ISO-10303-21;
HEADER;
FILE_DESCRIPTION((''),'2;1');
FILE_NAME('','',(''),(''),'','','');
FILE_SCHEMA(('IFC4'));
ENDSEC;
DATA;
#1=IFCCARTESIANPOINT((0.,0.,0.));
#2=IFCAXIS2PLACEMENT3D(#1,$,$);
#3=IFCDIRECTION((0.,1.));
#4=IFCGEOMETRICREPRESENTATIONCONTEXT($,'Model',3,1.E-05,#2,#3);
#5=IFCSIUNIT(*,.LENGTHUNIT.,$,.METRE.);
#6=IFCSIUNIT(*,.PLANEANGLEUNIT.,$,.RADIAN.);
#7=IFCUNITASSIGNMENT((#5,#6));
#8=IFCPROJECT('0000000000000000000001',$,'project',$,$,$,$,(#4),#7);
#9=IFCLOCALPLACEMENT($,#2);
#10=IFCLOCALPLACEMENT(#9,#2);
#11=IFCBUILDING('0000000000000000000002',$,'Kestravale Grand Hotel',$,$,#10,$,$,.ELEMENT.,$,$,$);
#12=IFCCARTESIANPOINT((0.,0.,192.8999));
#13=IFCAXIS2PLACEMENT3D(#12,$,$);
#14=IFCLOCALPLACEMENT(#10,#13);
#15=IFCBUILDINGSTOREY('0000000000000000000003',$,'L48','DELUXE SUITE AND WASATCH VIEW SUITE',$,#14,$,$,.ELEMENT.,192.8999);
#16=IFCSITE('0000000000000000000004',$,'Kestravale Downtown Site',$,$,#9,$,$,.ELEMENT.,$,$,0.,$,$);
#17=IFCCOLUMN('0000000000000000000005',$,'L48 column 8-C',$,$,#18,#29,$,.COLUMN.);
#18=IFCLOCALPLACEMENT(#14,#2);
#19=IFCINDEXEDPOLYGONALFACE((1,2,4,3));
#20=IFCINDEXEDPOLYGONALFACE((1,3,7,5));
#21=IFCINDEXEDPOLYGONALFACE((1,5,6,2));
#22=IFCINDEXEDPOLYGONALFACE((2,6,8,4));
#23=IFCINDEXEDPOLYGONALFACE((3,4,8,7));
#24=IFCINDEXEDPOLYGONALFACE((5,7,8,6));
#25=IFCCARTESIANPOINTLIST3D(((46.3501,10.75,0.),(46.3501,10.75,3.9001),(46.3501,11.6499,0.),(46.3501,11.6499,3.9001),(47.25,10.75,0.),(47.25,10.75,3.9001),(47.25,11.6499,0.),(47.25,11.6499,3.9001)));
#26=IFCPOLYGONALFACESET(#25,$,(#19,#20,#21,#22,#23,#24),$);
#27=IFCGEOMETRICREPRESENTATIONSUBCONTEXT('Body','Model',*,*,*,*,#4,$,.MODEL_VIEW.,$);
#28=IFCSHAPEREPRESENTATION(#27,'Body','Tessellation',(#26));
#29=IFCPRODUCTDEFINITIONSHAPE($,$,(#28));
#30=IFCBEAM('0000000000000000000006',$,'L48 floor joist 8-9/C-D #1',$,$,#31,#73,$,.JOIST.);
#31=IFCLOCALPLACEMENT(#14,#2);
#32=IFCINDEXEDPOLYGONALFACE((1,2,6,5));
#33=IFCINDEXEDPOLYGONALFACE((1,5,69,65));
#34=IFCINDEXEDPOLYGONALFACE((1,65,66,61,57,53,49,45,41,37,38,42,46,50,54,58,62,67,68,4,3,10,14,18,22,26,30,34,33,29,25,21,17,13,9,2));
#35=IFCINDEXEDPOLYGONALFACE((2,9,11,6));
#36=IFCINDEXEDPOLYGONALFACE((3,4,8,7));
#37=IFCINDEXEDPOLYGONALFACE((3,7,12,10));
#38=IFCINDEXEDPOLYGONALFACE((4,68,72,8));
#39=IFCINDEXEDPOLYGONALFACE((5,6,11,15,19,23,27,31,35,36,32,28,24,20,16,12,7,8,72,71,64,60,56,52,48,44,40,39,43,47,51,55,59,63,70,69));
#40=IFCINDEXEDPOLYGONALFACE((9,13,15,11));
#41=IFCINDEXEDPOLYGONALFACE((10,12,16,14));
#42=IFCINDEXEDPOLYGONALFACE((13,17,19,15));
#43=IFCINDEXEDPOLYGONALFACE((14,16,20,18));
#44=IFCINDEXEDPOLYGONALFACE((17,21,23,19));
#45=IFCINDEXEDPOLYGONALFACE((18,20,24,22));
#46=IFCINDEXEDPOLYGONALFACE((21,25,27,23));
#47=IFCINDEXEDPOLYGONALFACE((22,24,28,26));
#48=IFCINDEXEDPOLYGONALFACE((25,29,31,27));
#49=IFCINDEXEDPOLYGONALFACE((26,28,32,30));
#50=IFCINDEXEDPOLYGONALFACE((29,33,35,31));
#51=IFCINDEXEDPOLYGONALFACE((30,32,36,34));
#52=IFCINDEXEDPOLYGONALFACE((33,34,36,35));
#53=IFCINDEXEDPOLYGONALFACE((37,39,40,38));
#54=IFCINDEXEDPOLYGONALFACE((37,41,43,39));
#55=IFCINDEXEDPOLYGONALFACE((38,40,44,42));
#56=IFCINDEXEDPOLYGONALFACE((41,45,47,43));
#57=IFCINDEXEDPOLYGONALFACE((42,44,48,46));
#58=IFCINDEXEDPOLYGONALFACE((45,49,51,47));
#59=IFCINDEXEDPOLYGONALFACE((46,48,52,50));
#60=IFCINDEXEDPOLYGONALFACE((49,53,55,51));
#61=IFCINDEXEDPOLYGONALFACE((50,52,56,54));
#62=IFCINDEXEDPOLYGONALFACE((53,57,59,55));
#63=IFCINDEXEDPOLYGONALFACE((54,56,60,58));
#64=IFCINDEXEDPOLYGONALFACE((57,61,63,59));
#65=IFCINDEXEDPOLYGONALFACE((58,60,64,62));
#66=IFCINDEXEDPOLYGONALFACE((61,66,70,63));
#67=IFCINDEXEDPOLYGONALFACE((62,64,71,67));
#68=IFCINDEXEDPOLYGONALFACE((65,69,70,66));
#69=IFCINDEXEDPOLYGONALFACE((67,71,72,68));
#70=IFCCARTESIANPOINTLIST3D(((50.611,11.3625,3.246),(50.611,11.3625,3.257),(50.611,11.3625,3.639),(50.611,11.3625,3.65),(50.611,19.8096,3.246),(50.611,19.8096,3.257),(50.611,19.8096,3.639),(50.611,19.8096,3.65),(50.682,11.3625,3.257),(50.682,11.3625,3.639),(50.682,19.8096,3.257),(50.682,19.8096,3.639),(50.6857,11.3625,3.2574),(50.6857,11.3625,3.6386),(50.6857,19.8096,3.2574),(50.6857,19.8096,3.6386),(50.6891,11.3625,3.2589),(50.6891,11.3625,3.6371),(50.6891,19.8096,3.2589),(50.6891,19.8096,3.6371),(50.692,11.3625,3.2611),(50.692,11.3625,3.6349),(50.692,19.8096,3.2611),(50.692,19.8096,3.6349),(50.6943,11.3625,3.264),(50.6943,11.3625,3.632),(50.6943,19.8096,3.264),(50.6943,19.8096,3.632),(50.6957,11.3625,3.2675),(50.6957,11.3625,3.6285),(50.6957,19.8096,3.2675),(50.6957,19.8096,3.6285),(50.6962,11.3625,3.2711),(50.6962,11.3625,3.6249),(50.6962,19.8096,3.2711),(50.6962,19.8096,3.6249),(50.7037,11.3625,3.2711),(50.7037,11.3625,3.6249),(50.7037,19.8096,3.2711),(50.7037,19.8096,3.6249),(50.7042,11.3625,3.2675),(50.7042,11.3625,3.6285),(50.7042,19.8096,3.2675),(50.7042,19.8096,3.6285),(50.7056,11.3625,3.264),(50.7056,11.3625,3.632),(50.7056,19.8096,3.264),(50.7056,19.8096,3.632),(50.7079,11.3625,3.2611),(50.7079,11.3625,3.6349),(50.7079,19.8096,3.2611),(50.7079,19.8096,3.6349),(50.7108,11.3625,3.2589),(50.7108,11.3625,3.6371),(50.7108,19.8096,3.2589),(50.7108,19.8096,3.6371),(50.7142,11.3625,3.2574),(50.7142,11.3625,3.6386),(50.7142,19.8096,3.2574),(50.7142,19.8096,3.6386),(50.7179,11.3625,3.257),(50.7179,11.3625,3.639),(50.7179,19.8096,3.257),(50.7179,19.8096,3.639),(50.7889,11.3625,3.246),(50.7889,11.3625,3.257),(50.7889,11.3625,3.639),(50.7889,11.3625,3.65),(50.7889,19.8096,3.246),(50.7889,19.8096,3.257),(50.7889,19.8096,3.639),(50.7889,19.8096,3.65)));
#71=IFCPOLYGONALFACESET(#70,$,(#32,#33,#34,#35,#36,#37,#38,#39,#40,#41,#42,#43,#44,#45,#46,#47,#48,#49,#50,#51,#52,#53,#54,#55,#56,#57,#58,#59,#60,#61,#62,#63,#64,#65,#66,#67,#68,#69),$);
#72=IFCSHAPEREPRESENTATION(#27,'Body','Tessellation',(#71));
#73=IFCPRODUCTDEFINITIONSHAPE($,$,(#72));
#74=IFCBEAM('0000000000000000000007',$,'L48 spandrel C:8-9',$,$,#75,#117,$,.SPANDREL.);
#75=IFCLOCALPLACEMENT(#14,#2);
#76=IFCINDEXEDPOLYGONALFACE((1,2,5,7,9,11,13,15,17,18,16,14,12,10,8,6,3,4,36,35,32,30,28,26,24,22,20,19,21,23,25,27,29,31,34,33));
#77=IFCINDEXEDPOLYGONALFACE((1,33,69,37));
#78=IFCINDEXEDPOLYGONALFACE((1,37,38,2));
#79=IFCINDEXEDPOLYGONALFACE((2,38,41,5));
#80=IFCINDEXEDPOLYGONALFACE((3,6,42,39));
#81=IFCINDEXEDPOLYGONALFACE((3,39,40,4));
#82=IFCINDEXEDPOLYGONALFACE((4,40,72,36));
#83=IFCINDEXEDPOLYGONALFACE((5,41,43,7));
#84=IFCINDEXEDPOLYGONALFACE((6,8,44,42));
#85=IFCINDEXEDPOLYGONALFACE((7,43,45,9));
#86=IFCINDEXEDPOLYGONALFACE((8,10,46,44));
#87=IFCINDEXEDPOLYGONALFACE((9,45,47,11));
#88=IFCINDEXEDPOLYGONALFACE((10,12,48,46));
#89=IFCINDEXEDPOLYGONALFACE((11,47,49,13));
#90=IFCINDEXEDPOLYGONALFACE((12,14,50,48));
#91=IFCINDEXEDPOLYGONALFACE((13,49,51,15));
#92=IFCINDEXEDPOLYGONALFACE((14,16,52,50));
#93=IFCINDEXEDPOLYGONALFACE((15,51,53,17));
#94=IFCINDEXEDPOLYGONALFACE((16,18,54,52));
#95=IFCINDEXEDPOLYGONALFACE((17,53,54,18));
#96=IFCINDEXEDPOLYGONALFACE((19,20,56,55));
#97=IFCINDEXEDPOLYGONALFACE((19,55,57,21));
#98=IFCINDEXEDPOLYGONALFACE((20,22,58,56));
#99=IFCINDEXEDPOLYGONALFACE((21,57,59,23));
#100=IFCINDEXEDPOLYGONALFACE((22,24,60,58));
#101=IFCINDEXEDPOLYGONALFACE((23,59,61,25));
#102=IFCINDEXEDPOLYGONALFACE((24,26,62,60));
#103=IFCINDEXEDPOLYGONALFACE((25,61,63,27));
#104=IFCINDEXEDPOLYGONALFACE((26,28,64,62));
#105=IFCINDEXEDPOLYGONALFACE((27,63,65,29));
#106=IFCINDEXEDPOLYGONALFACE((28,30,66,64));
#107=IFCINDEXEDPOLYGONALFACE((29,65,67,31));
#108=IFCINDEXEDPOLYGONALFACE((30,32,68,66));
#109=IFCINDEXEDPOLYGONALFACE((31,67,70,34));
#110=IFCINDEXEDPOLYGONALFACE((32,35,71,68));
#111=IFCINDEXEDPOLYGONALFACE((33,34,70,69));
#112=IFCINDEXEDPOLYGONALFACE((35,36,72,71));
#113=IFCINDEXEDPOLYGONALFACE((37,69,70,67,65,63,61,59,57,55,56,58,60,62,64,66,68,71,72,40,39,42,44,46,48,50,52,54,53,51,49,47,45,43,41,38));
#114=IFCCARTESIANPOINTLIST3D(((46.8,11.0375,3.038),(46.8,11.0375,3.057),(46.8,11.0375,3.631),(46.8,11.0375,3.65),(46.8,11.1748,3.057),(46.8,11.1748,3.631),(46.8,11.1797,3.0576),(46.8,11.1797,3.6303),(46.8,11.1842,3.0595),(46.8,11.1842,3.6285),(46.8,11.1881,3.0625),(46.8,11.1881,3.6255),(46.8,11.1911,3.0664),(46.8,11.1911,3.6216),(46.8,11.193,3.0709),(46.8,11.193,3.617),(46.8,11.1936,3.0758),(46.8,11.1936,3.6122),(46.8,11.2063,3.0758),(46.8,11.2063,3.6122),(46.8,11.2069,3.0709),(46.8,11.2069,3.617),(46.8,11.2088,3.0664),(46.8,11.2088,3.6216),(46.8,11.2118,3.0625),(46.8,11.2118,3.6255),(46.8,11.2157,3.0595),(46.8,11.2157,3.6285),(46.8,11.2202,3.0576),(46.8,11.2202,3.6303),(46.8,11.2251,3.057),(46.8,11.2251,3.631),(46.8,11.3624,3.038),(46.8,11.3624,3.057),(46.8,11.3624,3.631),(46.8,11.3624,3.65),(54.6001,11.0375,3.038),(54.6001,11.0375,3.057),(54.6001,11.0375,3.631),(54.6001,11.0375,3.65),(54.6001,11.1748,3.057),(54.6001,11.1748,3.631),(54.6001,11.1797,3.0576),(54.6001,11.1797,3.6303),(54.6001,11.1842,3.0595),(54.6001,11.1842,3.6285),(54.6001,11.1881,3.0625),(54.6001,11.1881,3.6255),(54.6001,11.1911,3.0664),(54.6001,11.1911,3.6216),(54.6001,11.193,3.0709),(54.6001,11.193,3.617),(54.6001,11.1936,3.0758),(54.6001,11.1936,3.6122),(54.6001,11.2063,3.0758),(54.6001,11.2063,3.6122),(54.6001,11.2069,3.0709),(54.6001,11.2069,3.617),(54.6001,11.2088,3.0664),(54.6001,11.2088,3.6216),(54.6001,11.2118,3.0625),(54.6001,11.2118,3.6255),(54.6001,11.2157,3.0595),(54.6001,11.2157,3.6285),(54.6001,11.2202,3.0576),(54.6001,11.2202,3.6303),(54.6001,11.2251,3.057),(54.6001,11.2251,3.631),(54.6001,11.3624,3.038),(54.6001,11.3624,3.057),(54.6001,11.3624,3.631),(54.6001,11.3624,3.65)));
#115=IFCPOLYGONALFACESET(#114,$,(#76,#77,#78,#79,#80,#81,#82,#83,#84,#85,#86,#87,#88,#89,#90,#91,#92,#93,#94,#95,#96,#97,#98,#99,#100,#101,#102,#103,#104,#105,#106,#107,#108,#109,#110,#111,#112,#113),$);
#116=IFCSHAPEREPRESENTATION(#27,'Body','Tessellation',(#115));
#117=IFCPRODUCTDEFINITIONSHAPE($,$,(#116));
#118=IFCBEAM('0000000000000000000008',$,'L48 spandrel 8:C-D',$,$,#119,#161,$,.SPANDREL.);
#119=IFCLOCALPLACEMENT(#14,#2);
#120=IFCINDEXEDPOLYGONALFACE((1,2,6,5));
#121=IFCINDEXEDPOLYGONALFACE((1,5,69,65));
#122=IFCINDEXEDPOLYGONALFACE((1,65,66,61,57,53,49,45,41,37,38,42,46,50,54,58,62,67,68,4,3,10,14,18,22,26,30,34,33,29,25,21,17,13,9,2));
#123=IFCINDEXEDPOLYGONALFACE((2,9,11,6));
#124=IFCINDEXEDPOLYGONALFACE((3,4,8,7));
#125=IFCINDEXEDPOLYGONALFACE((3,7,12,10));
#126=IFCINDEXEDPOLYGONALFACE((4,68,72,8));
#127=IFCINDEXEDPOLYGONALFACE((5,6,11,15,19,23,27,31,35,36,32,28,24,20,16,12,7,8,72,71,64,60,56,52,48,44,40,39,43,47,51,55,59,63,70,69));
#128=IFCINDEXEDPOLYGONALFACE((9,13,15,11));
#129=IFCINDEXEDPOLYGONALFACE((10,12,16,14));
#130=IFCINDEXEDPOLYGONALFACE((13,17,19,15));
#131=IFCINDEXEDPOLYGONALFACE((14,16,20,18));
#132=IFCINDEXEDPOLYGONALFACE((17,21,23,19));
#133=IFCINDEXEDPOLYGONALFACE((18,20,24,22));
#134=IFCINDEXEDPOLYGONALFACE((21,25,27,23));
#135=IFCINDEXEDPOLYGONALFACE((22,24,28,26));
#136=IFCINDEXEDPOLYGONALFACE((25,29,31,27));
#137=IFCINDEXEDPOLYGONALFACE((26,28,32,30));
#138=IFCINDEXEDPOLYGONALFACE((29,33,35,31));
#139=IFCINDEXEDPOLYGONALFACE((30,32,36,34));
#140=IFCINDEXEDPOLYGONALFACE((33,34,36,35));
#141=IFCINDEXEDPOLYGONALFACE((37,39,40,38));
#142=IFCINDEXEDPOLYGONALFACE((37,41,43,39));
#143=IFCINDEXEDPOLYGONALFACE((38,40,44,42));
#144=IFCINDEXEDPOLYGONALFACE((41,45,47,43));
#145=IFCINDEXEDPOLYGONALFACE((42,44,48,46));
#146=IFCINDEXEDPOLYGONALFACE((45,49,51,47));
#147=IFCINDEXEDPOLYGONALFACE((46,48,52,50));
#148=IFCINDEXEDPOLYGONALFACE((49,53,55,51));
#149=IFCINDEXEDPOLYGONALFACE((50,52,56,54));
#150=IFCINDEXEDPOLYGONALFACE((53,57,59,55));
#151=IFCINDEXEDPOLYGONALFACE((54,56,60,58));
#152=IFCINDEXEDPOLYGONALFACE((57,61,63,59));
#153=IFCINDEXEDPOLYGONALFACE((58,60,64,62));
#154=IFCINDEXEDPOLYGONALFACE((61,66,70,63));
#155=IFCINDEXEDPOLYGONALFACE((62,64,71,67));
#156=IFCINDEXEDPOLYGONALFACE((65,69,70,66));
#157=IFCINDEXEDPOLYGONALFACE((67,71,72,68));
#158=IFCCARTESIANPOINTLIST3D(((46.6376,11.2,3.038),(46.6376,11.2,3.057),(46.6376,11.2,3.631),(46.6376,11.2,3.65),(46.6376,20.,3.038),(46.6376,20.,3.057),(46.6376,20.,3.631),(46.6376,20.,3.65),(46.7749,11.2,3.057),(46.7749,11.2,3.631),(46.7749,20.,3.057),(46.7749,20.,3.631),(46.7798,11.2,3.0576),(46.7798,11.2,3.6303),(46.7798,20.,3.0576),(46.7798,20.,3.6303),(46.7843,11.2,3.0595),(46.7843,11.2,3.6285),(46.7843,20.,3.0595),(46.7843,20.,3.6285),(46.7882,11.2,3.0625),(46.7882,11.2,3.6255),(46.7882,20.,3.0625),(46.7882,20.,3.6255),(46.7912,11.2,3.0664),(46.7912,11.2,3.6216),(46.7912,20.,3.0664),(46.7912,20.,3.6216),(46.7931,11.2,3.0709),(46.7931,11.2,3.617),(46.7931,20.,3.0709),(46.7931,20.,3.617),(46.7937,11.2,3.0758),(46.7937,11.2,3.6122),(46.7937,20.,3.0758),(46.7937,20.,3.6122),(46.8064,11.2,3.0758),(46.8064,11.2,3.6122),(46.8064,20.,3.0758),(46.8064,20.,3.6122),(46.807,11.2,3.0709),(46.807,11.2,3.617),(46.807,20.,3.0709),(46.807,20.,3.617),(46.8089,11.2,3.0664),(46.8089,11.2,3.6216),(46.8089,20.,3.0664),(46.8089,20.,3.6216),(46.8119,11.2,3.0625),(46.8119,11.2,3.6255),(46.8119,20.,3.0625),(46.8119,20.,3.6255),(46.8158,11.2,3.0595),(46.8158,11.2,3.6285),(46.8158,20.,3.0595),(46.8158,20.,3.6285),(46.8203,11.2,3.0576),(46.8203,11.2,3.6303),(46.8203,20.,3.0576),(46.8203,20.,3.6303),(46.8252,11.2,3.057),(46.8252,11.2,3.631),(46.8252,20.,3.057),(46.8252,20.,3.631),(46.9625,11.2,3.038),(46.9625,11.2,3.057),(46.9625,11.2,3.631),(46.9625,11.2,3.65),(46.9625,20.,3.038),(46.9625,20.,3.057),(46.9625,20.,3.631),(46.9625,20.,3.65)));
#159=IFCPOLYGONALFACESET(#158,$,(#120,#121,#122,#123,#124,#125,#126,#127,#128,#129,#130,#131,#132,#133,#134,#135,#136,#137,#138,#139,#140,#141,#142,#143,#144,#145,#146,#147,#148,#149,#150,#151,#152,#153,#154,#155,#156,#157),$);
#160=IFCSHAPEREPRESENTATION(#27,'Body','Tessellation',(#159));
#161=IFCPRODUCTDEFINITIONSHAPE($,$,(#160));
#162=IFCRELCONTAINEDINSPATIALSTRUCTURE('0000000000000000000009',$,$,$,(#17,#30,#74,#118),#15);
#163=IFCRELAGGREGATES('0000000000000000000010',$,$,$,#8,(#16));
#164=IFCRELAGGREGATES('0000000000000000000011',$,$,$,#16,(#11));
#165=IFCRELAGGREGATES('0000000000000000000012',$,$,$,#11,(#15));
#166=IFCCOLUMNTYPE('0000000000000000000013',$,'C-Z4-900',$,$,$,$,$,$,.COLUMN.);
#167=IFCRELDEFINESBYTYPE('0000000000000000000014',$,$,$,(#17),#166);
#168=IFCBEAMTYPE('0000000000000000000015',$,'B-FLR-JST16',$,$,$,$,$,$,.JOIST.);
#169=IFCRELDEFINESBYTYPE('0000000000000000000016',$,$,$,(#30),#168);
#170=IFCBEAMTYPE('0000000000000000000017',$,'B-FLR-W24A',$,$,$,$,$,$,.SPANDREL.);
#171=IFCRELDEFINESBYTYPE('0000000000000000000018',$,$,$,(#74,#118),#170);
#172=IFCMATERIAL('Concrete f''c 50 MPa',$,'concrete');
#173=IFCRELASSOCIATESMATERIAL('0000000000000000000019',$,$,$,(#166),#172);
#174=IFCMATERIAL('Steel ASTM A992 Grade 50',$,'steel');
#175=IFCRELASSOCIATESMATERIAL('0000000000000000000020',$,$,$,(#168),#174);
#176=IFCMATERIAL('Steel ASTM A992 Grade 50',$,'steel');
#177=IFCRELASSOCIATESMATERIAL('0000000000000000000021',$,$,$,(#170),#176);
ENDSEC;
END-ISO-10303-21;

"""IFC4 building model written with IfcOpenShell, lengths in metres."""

from ifc_helpers import new_model, si_unit, direction, frame, origin, origin_2d, place, context, subcontext, project, spatial, rectangle, i_section, extrude, material, material_profile, profile_set, type_object, element, save


model = new_model("IFC4")

# Units and contexts
model_context = context("Model", 3, precision=1e-05, world=origin(), true_north=direction((0.0, 1.0)))
body_context = subcontext(model_context, "Body", "Model", "MODEL_VIEW")
ifc_project = project(units=[si_unit("LENGTHUNIT", "METRE"), si_unit("PLANEANGLEUNIT", "RADIAN")], contexts=[model_context])

# Site, building, storey
site_placement = place(None, origin())
site = spatial("IfcSite", under=ifc_project, at=site_placement, Name="Kestravale Downtown Site", CompositionType="ELEMENT", RefElevation=0.0)
building_placement = place(site_placement, origin())
building = spatial("IfcBuilding", under=site, at=building_placement, Name="Kestravale Grand Hotel", CompositionType="ELEMENT")
storey_placement = place(building_placement, frame((0.0, 0.0, 192.8999)))
storey = spatial("IfcBuildingStorey", under=building, at=storey_placement, Name="L48", Description="DELUXE SUITE AND WASATCH VIEW SUITE", CompositionType="ELEMENT", Elevation=192.8999)

# Column
ifc_material_1 = material(Name="Concrete f'c 50 MPa", Category="concrete")
ifc_material_profile_1 = material_profile(ifc_material_1, rectangle(XDim=0.8999, YDim=0.8999, at=origin_2d()))
ifc_profile_set_1 = profile_set([ifc_material_profile_1], Name="Concrete f'c 50 MPa")
column_type = type_object("IfcColumnType", Name="C-Z4-900", PredefinedType="COLUMN", material=ifc_profile_set_1)
column_placement = place(storey_placement, frame((46.8, 11.2, 0.0), z_axis=(0.0, 0.0, 1.0), x_axis=(1.0, 0.0, 0.0)))
element("IfcColumn", 1, at=column_placement, inside=storey, type_object=column_type, Name="L48 column 8-C", PredefinedType="COLUMN", context=body_context, shape_type="SweptSolid", body=[
    extrude(rectangle(XDim=0.8999, YDim=0.8999, at=origin_2d()), origin(), (0.0, 0.0, 1.0), 3.9001),
])

# Beams
ifc_material_2 = material(Name="Steel ASTM A992 Grade 50", Category="steel")
ifc_material_profile_2 = material_profile(ifc_material_2, i_section(OverallWidth=0.178, OverallDepth=0.4041, WebThickness=0.0076, FlangeThickness=0.011, FilletRadius=0.0142, at=origin_2d()))
ifc_profile_set_2 = profile_set([ifc_material_profile_2], Name="Steel ASTM A992 Grade 50")
beam_type_1 = type_object("IfcBeamType", Name="B-FLR-JST16", PredefinedType="JOIST", material=ifc_profile_set_2)
beam_1_placement = place(storey_placement, frame((50.7, 11.3625, 3.448), z_axis=(0.0, 1.0, 0.0), x_axis=(-1.0, 0.0, 0.0)))
element("IfcBeam", 2, at=beam_1_placement, inside=storey, type_object=beam_type_1, Name="L48 floor joist 8-9/C-D #1", PredefinedType="JOIST", context=body_context, shape_type="SweptSolid", body=[
    extrude(i_section(OverallWidth=0.178, OverallDepth=0.4041, WebThickness=0.0076, FlangeThickness=0.011, FilletRadius=0.0142, at=origin_2d()), origin(), (0.0, 0.0, 1.0), 8.447),
])
ifc_material_3 = material(Name="Steel ASTM A992 Grade 50", Category="steel")
ifc_material_profile_3 = material_profile(ifc_material_3, i_section(OverallWidth=0.325, OverallDepth=0.6121, WebThickness=0.0127, FlangeThickness=0.019, FilletRadius=0.0188, at=origin_2d()))
ifc_profile_set_3 = profile_set([ifc_material_profile_3], Name="Steel ASTM A992 Grade 50")
beam_type_2 = type_object("IfcBeamType", Name="B-FLR-W24A", PredefinedType="SPANDREL", material=ifc_profile_set_3)
beam_2_placement = place(storey_placement, frame((46.8, 11.2, 3.344), z_axis=(1.0, 0.0, 0.0), x_axis=(0.0, 1.0, 0.0)))
element("IfcBeam", 3, at=beam_2_placement, inside=storey, type_object=beam_type_2, Name="L48 spandrel C:8-9", PredefinedType="SPANDREL", context=body_context, shape_type="SweptSolid", body=[
    extrude(i_section(OverallWidth=0.325, OverallDepth=0.6121, WebThickness=0.0127, FlangeThickness=0.019, FilletRadius=0.0188, at=origin_2d()), origin(), (0.0, 0.0, 1.0), 7.8),
])
beam_3_placement = place(storey_placement, frame((46.8, 11.2, 3.344), z_axis=(0.0, 1.0, 0.0), x_axis=(-1.0, 0.0, 0.0)))
element("IfcBeam", 4, at=beam_3_placement, inside=storey, type_object=beam_type_2, Name="L48 spandrel 8:C-D", PredefinedType="SPANDREL", context=body_context, shape_type="SweptSolid", body=[
    extrude(i_section(OverallWidth=0.325, OverallDepth=0.6121, WebThickness=0.0127, FlangeThickness=0.019, FilletRadius=0.0188, at=origin_2d()), origin(), (0.0, 0.0, 1.0), 8.8),
])

save(model, "model.ifc")
